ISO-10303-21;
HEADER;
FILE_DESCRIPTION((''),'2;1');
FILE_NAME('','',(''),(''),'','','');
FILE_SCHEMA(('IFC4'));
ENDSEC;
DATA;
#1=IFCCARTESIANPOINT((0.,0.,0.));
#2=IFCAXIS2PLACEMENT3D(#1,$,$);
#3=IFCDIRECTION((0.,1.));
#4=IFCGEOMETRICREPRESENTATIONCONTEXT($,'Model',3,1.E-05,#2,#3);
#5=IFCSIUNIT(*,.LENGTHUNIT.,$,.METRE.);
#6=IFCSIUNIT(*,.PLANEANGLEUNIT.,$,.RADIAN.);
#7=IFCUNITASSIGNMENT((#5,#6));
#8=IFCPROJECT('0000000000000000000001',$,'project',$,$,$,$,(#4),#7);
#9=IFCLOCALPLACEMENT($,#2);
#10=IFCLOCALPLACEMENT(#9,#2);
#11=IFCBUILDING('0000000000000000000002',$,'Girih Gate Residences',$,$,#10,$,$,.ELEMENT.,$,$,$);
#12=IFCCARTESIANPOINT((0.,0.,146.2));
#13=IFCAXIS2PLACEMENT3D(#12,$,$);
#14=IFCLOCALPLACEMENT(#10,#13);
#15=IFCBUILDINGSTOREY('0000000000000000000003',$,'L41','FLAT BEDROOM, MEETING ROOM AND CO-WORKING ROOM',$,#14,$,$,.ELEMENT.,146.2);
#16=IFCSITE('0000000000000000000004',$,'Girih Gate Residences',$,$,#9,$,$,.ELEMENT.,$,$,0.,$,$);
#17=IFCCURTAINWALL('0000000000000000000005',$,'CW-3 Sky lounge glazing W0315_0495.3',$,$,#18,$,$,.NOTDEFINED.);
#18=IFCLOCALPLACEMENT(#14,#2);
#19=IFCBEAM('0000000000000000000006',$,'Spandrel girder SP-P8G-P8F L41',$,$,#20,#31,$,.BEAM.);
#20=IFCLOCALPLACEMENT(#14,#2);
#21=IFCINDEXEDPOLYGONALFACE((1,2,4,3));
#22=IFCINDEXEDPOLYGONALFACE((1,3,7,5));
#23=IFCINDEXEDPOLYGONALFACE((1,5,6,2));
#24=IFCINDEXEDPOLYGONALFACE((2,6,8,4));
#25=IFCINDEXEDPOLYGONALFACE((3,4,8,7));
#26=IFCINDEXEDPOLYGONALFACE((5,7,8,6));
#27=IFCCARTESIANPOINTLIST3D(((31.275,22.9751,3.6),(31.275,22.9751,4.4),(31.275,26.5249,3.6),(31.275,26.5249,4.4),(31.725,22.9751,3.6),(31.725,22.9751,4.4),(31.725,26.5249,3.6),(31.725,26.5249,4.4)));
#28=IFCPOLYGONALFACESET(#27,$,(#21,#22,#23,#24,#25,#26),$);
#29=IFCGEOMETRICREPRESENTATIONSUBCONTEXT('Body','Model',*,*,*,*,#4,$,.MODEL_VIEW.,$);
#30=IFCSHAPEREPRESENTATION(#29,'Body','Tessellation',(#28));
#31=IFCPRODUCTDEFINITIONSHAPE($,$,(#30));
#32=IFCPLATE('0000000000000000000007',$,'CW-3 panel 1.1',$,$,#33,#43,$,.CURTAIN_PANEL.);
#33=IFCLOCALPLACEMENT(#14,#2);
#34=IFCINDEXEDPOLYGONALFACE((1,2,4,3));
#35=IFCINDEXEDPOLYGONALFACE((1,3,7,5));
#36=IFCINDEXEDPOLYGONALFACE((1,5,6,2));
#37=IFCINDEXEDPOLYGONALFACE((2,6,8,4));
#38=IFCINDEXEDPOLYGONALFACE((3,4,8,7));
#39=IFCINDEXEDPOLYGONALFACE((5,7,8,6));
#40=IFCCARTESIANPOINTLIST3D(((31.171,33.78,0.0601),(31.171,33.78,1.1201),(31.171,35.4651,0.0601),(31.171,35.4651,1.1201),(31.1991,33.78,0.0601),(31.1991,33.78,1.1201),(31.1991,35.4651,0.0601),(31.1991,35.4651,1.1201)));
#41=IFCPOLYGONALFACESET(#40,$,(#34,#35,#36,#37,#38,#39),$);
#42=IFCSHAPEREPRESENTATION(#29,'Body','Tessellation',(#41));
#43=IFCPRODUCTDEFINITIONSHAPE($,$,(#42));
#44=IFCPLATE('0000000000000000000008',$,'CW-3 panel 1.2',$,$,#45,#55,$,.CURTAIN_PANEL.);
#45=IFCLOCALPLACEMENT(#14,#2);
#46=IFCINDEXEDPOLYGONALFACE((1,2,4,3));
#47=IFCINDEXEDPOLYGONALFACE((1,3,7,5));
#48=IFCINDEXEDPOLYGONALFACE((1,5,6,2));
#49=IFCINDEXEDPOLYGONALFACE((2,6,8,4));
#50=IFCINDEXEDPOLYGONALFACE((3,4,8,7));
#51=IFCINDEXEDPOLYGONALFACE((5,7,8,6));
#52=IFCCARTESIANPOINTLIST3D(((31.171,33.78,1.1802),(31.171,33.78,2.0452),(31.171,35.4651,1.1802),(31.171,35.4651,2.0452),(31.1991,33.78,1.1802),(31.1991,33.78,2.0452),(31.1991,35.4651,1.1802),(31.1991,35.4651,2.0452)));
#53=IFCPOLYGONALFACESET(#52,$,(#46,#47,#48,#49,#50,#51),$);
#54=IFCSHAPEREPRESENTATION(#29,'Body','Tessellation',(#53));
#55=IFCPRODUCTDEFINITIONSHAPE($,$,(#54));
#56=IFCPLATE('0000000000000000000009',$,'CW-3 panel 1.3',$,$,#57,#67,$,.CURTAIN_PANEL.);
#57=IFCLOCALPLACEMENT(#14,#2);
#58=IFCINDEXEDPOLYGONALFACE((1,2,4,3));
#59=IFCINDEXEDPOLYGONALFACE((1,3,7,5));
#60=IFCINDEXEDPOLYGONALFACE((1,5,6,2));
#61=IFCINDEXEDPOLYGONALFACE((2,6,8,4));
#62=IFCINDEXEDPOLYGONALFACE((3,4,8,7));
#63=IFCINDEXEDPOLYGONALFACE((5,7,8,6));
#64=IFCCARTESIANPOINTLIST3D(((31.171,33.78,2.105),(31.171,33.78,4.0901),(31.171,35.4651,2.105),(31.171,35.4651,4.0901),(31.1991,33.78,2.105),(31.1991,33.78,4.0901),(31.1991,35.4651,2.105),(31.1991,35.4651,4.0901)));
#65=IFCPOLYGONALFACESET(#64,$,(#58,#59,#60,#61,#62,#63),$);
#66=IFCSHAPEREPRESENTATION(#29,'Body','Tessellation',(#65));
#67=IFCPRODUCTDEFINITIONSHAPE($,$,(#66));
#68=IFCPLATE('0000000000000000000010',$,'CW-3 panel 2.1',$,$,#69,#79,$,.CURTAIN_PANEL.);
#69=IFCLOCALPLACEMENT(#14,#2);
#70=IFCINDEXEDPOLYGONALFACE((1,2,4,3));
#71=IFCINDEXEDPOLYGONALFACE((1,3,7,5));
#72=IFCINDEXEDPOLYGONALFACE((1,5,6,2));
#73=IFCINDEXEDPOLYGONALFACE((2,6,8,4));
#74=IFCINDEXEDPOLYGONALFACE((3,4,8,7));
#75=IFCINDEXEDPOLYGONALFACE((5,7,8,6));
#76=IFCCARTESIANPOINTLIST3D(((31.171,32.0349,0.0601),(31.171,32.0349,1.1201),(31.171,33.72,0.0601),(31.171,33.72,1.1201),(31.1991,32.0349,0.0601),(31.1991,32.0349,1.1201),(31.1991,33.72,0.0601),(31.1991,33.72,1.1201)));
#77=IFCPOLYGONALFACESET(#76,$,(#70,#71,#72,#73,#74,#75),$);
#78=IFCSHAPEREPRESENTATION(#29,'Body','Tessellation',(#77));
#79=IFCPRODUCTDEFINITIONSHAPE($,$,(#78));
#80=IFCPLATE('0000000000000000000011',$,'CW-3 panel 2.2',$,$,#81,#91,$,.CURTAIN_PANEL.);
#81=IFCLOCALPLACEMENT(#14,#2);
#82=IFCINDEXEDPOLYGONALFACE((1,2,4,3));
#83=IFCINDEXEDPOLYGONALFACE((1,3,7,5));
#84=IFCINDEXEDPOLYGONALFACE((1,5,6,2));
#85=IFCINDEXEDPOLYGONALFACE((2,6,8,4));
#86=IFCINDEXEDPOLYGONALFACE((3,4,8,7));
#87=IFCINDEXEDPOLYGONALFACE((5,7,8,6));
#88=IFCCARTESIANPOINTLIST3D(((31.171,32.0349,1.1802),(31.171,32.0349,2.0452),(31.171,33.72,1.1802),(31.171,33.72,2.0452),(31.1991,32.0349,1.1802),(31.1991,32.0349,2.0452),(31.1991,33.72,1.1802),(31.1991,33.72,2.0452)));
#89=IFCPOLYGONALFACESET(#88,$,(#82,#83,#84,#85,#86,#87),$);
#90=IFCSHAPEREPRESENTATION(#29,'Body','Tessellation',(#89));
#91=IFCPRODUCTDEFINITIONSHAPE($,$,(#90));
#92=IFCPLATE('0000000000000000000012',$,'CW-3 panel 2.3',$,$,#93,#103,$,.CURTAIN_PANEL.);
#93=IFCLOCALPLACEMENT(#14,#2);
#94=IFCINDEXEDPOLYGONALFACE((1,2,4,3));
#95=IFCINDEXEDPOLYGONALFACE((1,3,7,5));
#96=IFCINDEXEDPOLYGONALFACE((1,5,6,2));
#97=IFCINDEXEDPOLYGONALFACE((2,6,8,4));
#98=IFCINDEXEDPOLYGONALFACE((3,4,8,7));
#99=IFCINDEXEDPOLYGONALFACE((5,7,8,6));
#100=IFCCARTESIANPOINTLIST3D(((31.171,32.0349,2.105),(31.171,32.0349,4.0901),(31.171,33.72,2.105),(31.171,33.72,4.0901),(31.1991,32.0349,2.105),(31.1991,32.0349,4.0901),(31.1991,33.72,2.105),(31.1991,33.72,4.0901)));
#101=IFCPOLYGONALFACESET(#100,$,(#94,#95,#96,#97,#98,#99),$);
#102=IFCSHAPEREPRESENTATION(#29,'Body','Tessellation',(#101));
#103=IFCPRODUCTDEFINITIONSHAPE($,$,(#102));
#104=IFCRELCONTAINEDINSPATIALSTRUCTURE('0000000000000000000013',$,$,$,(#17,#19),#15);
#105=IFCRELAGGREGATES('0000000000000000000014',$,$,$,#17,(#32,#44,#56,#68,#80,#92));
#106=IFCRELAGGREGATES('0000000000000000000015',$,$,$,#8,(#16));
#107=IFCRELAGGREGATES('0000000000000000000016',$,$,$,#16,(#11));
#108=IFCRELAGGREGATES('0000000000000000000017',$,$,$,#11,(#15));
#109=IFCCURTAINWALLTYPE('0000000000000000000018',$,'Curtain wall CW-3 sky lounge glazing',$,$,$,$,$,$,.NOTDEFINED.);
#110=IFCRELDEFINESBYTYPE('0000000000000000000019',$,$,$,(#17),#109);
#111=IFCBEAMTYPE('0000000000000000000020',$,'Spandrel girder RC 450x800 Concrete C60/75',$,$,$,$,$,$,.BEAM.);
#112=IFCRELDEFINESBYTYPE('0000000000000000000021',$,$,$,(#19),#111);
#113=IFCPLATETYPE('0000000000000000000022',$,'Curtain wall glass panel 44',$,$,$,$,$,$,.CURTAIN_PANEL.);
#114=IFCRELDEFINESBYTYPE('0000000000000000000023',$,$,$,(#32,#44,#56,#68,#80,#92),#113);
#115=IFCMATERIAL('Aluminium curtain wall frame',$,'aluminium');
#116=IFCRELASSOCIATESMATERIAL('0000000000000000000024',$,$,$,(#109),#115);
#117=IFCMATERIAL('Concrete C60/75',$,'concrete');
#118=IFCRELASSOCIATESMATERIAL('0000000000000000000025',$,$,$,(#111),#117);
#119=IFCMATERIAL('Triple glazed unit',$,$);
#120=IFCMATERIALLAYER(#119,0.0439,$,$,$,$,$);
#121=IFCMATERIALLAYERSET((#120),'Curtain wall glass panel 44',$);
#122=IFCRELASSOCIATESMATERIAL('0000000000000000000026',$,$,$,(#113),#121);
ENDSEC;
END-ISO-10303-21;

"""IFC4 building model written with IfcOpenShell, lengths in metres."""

from ifc_helpers import new_model, si_unit, direction, frame, origin, origin_2d, place, context, subcontext, project, spatial, rectangle, extrude, material, layer, layer_set, material_profile, profile_set, type_object, element, aggregate, save


model = new_model("IFC4")

# Units and contexts
model_context = context("Model", 3, precision=1e-05, world=origin(), true_north=direction((0.0, 1.0)))
body_context = subcontext(model_context, "Body", "Model", "MODEL_VIEW")
ifc_project = project(units=[si_unit("LENGTHUNIT", "METRE"), si_unit("PLANEANGLEUNIT", "RADIAN")], contexts=[model_context])

# Site, building, storey
site_placement = place(None, origin())
site = spatial("IfcSite", under=ifc_project, at=site_placement, Name="Girih Gate Residences", CompositionType="ELEMENT", RefElevation=0.0)
building_placement = place(site_placement, origin())
building = spatial("IfcBuilding", under=site, at=building_placement, Name="Girih Gate Residences", CompositionType="ELEMENT")
storey_placement = place(building_placement, frame((0.0, 0.0, 146.2)))
storey = spatial("IfcBuildingStorey", under=building, at=storey_placement, Name="L41", Description="FLAT BEDROOM, MEETING ROOM AND CO-WORKING ROOM", CompositionType="ELEMENT", Elevation=146.2)

# Curtain wall
ifc_material_1 = material(Name="Aluminium curtain wall frame", Category="aluminium")
curtain_wall_type = type_object("IfcCurtainWallType", Name="Curtain wall CW-3 sky lounge glazing", PredefinedType="NOTDEFINED", material=ifc_material_1)
curtain_wall_1_placement = place(storey_placement, origin())
curtain_wall_1 = element("IfcCurtainWall", 1, at=curtain_wall_1_placement, inside=storey, type_object=curtain_wall_type, Name="CW-3 Sky lounge glazing W0315_0495.3", PredefinedType="NOTDEFINED")

# Beam
ifc_material_2 = material(Name="Concrete C60/75", Category="concrete")
ifc_material_profile_1 = material_profile(ifc_material_2, rectangle(XDim=0.45, YDim=0.8, at=origin_2d()))
ifc_profile_set_1 = profile_set([ifc_material_profile_1], Name="Concrete C60/75")
beam_type = type_object("IfcBeamType", Name="Spandrel girder RC 450x800 Concrete C60/75", PredefinedType="BEAM", material=ifc_profile_set_1)
for number, where, z_axis, x_axis, name in (
    (2, (31.5, 26.5249, 4.0), (0.0, -1.0, 0.0), (1.0, 0.0, 0.0), "Spandrel girder SP-P8G-P8F L41"),
):
    element("IfcBeam", number, at=place(storey_placement, frame(where, z_axis=z_axis, x_axis=x_axis)), inside=storey, type_object=beam_type, Name=name, PredefinedType="BEAM", context=body_context, shape_type="SweptSolid", body=[
        extrude(rectangle(XDim=0.45, YDim=0.8, at=origin_2d()), origin(), (0.0, 0.0, 1.0), 3.5498),
    ])

# Plates
ifc_material_3 = material(Name="Triple glazed unit")
ifc_layer = layer(ifc_material_3, 0.0439)
ifc_layer_set = layer_set([ifc_layer], Name="Curtain wall glass panel 44")
plate_type = type_object("IfcPlateType", Name="Curtain wall glass panel 44", PredefinedType="CURTAIN_PANEL", material=ifc_layer_set)
plate_1_placement = place(storey_placement, frame((31.1851, 34.6226, 0.0601), z_axis=(0.0, 0.0, 1.0), x_axis=(0.0, -1.0, 0.0)))
plate_1 = element("IfcPlate", 3, at=plate_1_placement, type_object=plate_type, Name="CW-3 panel 1.1", PredefinedType="CURTAIN_PANEL", context=body_context, shape_type="SweptSolid", body=[
    extrude(rectangle(XDim=1.6851, YDim=0.0281, at=origin_2d()), origin(), (0.0, 0.0, 1.0), 1.0601),
])
plate_2_placement = place(storey_placement, frame((31.1851, 34.6226, 1.1802), z_axis=(0.0, 0.0, 1.0), x_axis=(0.0, -1.0, 0.0)))
plate_2 = element("IfcPlate", 4, at=plate_2_placement, type_object=plate_type, Name="CW-3 panel 1.2", PredefinedType="CURTAIN_PANEL", context=body_context, shape_type="SweptSolid", body=[
    extrude(rectangle(XDim=1.6851, YDim=0.0281, at=origin_2d()), origin(), (0.0, 0.0, 1.0), 0.865),
])
plate_3_placement = place(storey_placement, frame((31.1851, 34.6226, 2.105), z_axis=(0.0, 0.0, 1.0), x_axis=(0.0, -1.0, 0.0)))
plate_3 = element("IfcPlate", 5, at=plate_3_placement, type_object=plate_type, Name="CW-3 panel 1.3", PredefinedType="CURTAIN_PANEL", context=body_context, shape_type="SweptSolid", body=[
    extrude(rectangle(XDim=1.6851, YDim=0.0281, at=origin_2d()), origin(), (0.0, 0.0, 1.0), 1.9851),
])
plate_4_placement = place(storey_placement, frame((31.1851, 32.8774, 0.0601), z_axis=(0.0, 0.0, 1.0), x_axis=(0.0, -1.0, 0.0)))
plate_4 = element("IfcPlate", 6, at=plate_4_placement, type_object=plate_type, Name="CW-3 panel 2.1", PredefinedType="CURTAIN_PANEL", context=body_context, shape_type="SweptSolid", body=[
    extrude(rectangle(XDim=1.6851, YDim=0.0281, at=origin_2d()), origin(), (0.0, 0.0, 1.0), 1.0601),
])
plate_5_placement = place(storey_placement, frame((31.1851, 32.8774, 1.1802), z_axis=(0.0, 0.0, 1.0), x_axis=(0.0, -1.0, 0.0)))
plate_5 = element("IfcPlate", 7, at=plate_5_placement, type_object=plate_type, Name="CW-3 panel 2.2", PredefinedType="CURTAIN_PANEL", context=body_context, shape_type="SweptSolid", body=[
    extrude(rectangle(XDim=1.6851, YDim=0.0281, at=origin_2d()), origin(), (0.0, 0.0, 1.0), 0.865),
])
plate_6_placement = place(storey_placement, frame((31.1851, 32.8774, 2.105), z_axis=(0.0, 0.0, 1.0), x_axis=(0.0, -1.0, 0.0)))
plate_6 = element("IfcPlate", 8, at=plate_6_placement, type_object=plate_type, Name="CW-3 panel 2.3", PredefinedType="CURTAIN_PANEL", context=body_context, shape_type="SweptSolid", body=[
    extrude(rectangle(XDim=1.6851, YDim=0.0281, at=origin_2d()), origin(), (0.0, 0.0, 1.0), 1.9851),
])
aggregate(curtain_wall_1, [plate_1, plate_2, plate_3, plate_4, plate_5, plate_6])

save(model, "model.ifc")
